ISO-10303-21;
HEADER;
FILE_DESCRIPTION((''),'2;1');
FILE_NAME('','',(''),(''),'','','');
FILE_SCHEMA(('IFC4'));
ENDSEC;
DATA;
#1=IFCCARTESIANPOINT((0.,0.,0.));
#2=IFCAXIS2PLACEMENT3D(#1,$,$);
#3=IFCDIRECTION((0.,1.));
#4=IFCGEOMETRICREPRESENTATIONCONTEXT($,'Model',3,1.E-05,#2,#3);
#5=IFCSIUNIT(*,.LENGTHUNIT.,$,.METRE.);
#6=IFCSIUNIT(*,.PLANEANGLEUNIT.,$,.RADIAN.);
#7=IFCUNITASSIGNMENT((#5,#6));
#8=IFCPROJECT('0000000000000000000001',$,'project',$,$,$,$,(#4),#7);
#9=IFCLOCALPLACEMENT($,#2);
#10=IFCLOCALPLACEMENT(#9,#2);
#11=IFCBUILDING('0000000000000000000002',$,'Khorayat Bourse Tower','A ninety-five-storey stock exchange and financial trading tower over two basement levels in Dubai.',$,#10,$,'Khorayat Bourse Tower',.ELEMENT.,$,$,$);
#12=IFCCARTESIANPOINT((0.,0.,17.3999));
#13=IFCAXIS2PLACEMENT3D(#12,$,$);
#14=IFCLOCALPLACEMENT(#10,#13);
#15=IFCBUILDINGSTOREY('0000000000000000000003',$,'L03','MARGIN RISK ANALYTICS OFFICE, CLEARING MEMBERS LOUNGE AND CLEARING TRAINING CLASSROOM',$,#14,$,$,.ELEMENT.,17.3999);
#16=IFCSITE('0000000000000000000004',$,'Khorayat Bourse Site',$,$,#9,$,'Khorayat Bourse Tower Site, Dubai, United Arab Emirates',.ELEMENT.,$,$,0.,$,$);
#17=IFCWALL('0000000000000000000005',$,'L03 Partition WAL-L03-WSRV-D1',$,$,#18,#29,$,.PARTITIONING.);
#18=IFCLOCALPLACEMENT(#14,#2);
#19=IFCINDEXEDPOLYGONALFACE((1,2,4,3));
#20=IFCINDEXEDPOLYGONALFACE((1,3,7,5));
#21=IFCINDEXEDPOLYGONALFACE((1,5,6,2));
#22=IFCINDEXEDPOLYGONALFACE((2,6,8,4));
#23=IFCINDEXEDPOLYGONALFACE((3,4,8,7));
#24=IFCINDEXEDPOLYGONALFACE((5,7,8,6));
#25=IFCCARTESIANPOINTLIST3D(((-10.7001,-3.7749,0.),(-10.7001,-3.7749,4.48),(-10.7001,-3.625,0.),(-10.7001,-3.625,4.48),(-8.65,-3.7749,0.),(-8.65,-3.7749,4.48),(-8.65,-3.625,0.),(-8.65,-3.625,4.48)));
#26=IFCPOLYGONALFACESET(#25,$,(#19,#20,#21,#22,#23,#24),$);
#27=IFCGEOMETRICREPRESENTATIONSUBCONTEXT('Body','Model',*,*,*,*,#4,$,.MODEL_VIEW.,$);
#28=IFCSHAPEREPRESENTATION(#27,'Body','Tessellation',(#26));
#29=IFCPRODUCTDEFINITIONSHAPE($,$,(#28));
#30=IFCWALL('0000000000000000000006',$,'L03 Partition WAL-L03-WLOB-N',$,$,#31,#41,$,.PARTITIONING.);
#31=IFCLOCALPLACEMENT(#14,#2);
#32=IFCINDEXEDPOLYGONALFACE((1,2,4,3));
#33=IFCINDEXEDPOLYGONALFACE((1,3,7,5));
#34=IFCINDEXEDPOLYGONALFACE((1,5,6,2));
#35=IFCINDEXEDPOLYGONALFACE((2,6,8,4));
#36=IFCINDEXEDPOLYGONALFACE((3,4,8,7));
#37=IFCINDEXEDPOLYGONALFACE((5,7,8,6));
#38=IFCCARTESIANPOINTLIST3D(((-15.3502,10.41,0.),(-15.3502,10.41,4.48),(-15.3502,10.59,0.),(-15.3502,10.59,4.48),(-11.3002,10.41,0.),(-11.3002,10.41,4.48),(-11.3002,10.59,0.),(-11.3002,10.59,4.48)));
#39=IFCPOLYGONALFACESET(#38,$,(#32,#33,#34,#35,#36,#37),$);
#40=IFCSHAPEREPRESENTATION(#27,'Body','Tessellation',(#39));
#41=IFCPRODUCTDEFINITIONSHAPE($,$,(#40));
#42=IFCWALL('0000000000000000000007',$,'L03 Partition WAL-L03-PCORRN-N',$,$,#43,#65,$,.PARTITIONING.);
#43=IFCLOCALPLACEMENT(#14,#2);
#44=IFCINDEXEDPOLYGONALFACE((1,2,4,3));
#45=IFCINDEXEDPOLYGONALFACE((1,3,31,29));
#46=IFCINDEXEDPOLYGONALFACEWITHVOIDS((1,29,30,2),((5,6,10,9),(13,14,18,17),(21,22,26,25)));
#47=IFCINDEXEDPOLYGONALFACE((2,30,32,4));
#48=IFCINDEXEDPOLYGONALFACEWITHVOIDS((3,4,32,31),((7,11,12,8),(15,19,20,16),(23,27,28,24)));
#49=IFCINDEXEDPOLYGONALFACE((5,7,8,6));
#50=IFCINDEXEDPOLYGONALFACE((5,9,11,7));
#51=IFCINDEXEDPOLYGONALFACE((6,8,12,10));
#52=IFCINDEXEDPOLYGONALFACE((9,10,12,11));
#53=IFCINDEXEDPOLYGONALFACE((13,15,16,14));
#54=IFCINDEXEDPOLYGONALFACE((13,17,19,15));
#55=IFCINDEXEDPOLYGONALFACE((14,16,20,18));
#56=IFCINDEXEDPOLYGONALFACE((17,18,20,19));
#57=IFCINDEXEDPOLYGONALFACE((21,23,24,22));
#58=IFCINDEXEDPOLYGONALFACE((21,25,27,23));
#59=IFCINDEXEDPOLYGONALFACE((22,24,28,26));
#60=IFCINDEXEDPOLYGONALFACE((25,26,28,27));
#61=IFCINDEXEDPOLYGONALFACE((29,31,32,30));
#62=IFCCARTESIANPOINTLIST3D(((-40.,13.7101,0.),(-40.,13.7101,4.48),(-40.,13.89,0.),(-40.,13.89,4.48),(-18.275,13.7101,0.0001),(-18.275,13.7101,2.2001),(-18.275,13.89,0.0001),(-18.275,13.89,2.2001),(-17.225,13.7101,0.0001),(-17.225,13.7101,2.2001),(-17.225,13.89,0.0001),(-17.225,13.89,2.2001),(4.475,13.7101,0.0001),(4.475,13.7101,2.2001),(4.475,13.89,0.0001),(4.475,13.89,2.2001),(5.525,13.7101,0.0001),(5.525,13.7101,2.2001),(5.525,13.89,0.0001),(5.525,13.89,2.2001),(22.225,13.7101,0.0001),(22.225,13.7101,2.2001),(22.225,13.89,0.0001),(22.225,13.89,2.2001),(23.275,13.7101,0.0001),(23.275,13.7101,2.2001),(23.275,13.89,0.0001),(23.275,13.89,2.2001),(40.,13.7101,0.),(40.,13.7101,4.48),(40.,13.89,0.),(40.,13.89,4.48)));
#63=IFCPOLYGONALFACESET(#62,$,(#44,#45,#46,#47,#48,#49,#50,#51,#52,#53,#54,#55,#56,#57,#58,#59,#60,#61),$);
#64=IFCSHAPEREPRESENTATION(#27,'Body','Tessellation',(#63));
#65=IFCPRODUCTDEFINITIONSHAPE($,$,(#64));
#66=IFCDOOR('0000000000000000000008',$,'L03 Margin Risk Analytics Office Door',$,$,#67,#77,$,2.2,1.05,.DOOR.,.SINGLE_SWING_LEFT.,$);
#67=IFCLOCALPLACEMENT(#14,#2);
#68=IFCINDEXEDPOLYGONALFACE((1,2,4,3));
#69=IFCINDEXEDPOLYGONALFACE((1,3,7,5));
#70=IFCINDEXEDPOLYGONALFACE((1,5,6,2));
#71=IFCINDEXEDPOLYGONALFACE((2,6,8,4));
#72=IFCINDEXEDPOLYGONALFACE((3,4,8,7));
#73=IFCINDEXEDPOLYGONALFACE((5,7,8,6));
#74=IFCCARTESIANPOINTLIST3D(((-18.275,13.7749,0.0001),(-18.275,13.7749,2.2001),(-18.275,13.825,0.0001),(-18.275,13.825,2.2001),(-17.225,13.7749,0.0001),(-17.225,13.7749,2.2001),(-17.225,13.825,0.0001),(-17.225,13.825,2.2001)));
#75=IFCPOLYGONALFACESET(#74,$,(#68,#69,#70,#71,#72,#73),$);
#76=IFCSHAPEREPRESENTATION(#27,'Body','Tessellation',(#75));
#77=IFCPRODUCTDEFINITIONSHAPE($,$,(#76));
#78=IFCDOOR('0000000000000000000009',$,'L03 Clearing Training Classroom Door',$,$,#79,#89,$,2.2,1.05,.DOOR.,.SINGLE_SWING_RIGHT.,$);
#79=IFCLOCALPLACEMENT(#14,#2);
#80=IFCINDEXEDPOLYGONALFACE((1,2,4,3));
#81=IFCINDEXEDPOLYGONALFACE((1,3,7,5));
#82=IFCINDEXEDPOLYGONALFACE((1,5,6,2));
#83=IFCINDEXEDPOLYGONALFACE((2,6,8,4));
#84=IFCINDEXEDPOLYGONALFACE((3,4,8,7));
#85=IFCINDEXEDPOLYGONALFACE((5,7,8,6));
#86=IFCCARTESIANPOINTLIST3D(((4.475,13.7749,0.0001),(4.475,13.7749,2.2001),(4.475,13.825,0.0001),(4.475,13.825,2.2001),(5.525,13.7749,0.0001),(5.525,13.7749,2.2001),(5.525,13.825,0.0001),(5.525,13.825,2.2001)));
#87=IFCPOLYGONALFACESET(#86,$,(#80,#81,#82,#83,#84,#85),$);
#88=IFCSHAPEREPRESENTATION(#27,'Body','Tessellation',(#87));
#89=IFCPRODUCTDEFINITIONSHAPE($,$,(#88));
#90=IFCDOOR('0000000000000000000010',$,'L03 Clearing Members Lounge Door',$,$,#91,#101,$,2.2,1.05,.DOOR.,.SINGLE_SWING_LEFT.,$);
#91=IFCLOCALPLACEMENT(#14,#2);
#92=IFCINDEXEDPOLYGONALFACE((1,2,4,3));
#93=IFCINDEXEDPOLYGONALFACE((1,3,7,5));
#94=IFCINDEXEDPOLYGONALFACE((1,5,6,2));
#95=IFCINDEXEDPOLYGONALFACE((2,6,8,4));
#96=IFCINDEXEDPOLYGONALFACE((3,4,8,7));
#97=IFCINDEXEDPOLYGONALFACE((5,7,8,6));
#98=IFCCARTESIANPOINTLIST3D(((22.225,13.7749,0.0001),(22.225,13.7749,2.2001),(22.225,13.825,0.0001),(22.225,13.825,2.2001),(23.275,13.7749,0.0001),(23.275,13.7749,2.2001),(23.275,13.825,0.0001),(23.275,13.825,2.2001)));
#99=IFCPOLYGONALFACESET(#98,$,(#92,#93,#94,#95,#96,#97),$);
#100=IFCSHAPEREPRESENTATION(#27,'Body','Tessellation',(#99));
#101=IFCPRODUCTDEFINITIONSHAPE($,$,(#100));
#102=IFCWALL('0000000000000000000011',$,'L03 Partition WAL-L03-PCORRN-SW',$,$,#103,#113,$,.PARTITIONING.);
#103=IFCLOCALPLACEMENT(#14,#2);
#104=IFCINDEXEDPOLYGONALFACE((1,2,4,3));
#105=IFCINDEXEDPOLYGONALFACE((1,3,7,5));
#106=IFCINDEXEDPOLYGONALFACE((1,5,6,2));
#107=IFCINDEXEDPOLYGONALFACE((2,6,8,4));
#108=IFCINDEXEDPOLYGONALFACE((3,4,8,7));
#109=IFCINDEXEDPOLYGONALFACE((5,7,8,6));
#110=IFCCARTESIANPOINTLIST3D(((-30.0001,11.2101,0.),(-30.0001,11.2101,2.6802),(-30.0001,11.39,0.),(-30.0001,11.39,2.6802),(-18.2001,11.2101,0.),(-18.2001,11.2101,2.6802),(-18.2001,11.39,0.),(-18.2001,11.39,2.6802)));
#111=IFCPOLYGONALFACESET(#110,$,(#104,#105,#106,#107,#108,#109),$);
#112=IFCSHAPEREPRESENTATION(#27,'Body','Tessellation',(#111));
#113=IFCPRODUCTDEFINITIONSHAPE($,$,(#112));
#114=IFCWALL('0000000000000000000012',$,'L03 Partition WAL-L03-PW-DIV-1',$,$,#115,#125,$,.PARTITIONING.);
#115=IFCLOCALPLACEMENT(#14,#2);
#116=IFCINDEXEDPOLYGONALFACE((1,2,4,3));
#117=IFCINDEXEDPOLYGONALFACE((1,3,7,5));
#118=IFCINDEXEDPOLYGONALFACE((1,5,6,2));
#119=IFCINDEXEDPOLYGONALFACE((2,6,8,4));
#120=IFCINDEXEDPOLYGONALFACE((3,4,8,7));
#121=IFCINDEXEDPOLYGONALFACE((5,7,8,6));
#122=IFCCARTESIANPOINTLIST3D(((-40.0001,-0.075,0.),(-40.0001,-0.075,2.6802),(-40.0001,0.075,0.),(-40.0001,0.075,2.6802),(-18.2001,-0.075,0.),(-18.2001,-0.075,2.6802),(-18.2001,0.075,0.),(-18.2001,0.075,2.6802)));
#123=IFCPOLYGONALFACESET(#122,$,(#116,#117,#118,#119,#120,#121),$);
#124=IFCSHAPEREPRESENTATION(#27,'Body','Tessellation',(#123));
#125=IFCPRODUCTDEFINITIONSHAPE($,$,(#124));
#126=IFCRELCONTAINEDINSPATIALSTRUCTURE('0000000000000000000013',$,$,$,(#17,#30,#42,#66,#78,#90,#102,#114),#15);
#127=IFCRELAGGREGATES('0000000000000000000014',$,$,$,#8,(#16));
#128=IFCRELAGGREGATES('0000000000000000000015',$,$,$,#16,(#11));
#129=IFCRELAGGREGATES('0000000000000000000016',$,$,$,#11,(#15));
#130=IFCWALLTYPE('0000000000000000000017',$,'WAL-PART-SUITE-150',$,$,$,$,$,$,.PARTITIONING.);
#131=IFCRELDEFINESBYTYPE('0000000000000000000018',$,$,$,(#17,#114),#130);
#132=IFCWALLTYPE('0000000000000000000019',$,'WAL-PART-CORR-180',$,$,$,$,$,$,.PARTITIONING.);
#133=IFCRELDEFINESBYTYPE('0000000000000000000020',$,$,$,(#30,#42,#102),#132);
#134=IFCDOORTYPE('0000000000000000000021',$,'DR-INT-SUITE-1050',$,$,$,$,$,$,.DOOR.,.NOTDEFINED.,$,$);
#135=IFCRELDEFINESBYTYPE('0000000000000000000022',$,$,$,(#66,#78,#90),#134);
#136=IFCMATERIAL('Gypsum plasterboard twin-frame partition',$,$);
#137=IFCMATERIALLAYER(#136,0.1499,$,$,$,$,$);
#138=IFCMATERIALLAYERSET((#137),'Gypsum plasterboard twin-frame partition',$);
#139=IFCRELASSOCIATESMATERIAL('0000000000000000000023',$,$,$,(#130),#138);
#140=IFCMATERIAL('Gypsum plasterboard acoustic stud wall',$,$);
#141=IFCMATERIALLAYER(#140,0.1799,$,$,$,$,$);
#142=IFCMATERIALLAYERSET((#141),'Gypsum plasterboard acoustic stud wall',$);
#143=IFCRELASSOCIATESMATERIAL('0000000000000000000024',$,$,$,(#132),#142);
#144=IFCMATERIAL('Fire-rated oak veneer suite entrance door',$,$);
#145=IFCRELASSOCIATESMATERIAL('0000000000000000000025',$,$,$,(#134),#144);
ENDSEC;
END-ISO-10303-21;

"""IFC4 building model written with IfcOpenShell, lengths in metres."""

from ifc_helpers import new_model, si_unit, direction, frame, frame_2d, origin, place, context, subcontext, project, spatial, rectangle, extrude, source, transform, mapped, material, layer, layer_set, type_object, element, fill, save


model = new_model("IFC4")

# Units and contexts
model_context = context("Model", 3, precision=1e-05, world=origin(), true_north=direction((0.0, 1.0)))
body_context = subcontext(model_context, "Body", "Model", "MODEL_VIEW")
ifc_project = project(units=[si_unit("LENGTHUNIT", "METRE"), si_unit("PLANEANGLEUNIT", "RADIAN")], contexts=[model_context])

# Site, building, storey
site_placement = place(None, origin())
site = spatial("IfcSite", under=ifc_project, at=site_placement, Name="Khorayat Bourse Site", LongName="Khorayat Bourse Tower Site, Dubai, United Arab Emirates", CompositionType="ELEMENT", RefElevation=0.0)
building_placement = place(site_placement, origin())
building = spatial("IfcBuilding", under=site, at=building_placement, Name="Khorayat Bourse Tower", Description="A ninety-five-storey stock exchange and financial trading tower over two basement levels in Dubai.", LongName="Khorayat Bourse Tower", CompositionType="ELEMENT")
storey_placement = place(building_placement, frame((0.0, 0.0, 17.3999)))
storey = spatial("IfcBuildingStorey", under=building, at=storey_placement, Name="L03", Description="MARGIN RISK ANALYTICS OFFICE, CLEARING MEMBERS LOUNGE AND CLEARING TRAINING CLASSROOM", CompositionType="ELEMENT", Elevation=17.3999)

# Walls
ifc_material_1 = material(Name="Gypsum plasterboard twin-frame partition")
ifc_layer_1 = layer(ifc_material_1, 0.1499)
ifc_layer_set_1 = layer_set([ifc_layer_1], Name="Gypsum plasterboard twin-frame partition")
wall_type_1 = type_object("IfcWallType", Name="WAL-PART-SUITE-150", PredefinedType="PARTITIONING", material=ifc_layer_set_1)
shared_shape_1 = source(origin(), body_context, "Body", "SweptSolid", [
    extrude(rectangle(XDim=2.05, YDim=0.1499, at=frame_2d((1.0249, 0.0))), origin(), (0.0, 0.0, 1.0), 4.48),
])
wall_1_placement = place(storey_placement, frame((-10.7, -3.7, 0.0), z_axis=(0.0, 0.0, 1.0), x_axis=(1.0, 0.0, 0.0)))
element("IfcWall", 1, at=wall_1_placement, inside=storey, type_object=wall_type_1, Name="L03 Partition WAL-L03-WSRV-D1", PredefinedType="PARTITIONING", context=body_context, shape_type="MappedRepresentation", body=[
    mapped(shared_shape_1, transform((0.0, 0.0, 0.0), scale=1.0)),
])
ifc_material_2 = material(Name="Gypsum plasterboard acoustic stud wall")
ifc_layer_2 = layer(ifc_material_2, 0.1799)
ifc_layer_set_2 = layer_set([ifc_layer_2], Name="Gypsum plasterboard acoustic stud wall")
wall_type_2 = type_object("IfcWallType", Name="WAL-PART-CORR-180", PredefinedType="PARTITIONING", material=ifc_layer_set_2)
shared_shape_2 = source(origin(), body_context, "Body", "SweptSolid", [
    extrude(rectangle(XDim=4.05, YDim=0.1799, at=frame_2d((2.0249, 0.0))), origin(), (0.0, 0.0, 1.0), 4.48),
])
wall_2_placement = place(storey_placement, frame((-15.3501, 10.5, 0.0), z_axis=(0.0, 0.0, 1.0), x_axis=(1.0, 0.0, 0.0)))
element("IfcWall", 2, at=wall_2_placement, inside=storey, type_object=wall_type_2, Name="L03 Partition WAL-L03-WLOB-N", PredefinedType="PARTITIONING", context=body_context, shape_type="MappedRepresentation", body=[
    mapped(shared_shape_2, transform((0.0, 0.0, 0.0), scale=1.0)),
])

# Wall, openings, doors
shared_shape_3 = source(origin(), body_context, "Body", "SweptSolid", [
    extrude(rectangle(XDim=80.0, YDim=0.1799, at=frame_2d((40.0, 0.0))), origin(), (0.0, 0.0, 1.0), 4.48),
])
wall_3_placement = place(storey_placement, frame((-40.0, 13.8, 0.0), z_axis=(0.0, 0.0, 1.0), x_axis=(1.0, 0.0, 0.0)))
wall_3 = element("IfcWall", 3, at=wall_3_placement, inside=storey, type_object=wall_type_2, Name="L03 Partition WAL-L03-PCORRN-N", PredefinedType="PARTITIONING", context=body_context, shape_type="MappedRepresentation", body=[
    mapped(shared_shape_3, transform((0.0, 0.0, 0.0), scale=1.0)),
])
shared_shape_4 = source(origin(), body_context, "Body", "SweptSolid", [
    extrude(rectangle(XDim=1.05, YDim=2.2, at=frame_2d((0.5249, 1.1001))), frame((0.0, 0.0999, 0.0), z_axis=(0.0, -1.0, 0.0), x_axis=(1.0, 0.0, 0.0)), (0.0, 0.0, 1.0), 0.2),
])
opening_1_placement = place(wall_3_placement, frame((21.7251, 0.0, 0.0)))
opening_1 = element("IfcOpeningElement", 4, at=opening_1_placement, cuts=wall_3, PredefinedType="OPENING", context=body_context, shape_type="MappedRepresentation", body=[
    mapped(shared_shape_4, transform((0.0, 0.0, 0.0), scale=1.0)),
])
opening_2_placement = place(wall_3_placement, frame((44.4751, 0.0, 0.0)))
opening_2 = element("IfcOpeningElement", 5, at=opening_2_placement, cuts=wall_3, PredefinedType="OPENING", context=body_context, shape_type="MappedRepresentation", body=[
    mapped(shared_shape_4, transform((0.0, 0.0, 0.0), scale=1.0)),
])
opening_3_placement = place(wall_3_placement, frame((62.2251, 0.0, 0.0)))
opening_3 = element("IfcOpeningElement", 6, at=opening_3_placement, cuts=wall_3, PredefinedType="OPENING", context=body_context, shape_type="MappedRepresentation", body=[
    mapped(shared_shape_4, transform((0.0, 0.0, 0.0), scale=1.0)),
])
ifc_material_3 = material(Name="Fire-rated oak veneer suite entrance door")
door_type = type_object("IfcDoorType", Name="DR-INT-SUITE-1050", OperationType="NOTDEFINED", PredefinedType="DOOR", material=ifc_material_3)
shared_shape_5 = source(origin(), body_context, "Body", "SweptSolid", [
    extrude(rectangle(XDim=1.05, YDim=2.2, at=frame_2d((0.5249, 1.1001))), frame((0.0, 0.0249, 0.0), z_axis=(0.0, -1.0, 0.0), x_axis=(1.0, 0.0, 0.0)), (0.0, 0.0, 1.0), 0.05),
])
door_1_placement = place(opening_1_placement, origin())
door_1 = element("IfcDoor", 7, at=door_1_placement, inside=storey, type_object=door_type, Name="L03 Margin Risk Analytics Office Door", OperationType="SINGLE_SWING_LEFT", OverallHeight=2.2, OverallWidth=1.05, PredefinedType="DOOR", context=body_context, shape_type="MappedRepresentation", body=[
    mapped(shared_shape_5, transform((0.0, 0.0, 0.0), scale=1.0)),
])
fill(opening_1, door_1)
door_2_placement = place(opening_2_placement, origin())
door_2 = element("IfcDoor", 8, at=door_2_placement, inside=storey, type_object=door_type, Name="L03 Clearing Training Classroom Door", OperationType="SINGLE_SWING_RIGHT", OverallHeight=2.2, OverallWidth=1.05, PredefinedType="DOOR", context=body_context, shape_type="MappedRepresentation", body=[
    mapped(shared_shape_5, transform((0.0, 0.0, 0.0), scale=1.0)),
])
fill(opening_2, door_2)
door_3_placement = place(opening_3_placement, origin())
door_3 = element("IfcDoor", 9, at=door_3_placement, inside=storey, type_object=door_type, Name="L03 Clearing Members Lounge Door", OperationType="SINGLE_SWING_LEFT", OverallHeight=2.2, OverallWidth=1.05, PredefinedType="DOOR", context=body_context, shape_type="MappedRepresentation", body=[
    mapped(shared_shape_5, transform((0.0, 0.0, 0.0), scale=1.0)),
])
fill(opening_3, door_3)

# Walls
shared_shape_6 = source(origin(), body_context, "Body", "SweptSolid", [
    extrude(rectangle(XDim=11.8, YDim=0.1799, at=frame_2d((5.8999, 0.0))), origin(), (0.0, 0.0, 1.0), 2.6802),
])
wall_4_placement = place(storey_placement, frame((-30.0, 11.3, 0.0), z_axis=(0.0, 0.0, 1.0), x_axis=(1.0, 0.0, 0.0)))
element("IfcWall", 10, at=wall_4_placement, inside=storey, type_object=wall_type_2, Name="L03 Partition WAL-L03-PCORRN-SW", PredefinedType="PARTITIONING", context=body_context, shape_type="MappedRepresentation", body=[
    mapped(shared_shape_6, transform((0.0, 0.0, 0.0), scale=1.0)),
])
shared_shape_7 = source(origin(), body_context, "Body", "SweptSolid", [
    extrude(rectangle(XDim=21.8, YDim=0.1499, at=frame_2d((10.8999, 0.0))), origin(), (0.0, 0.0, 1.0), 2.6802),
])
wall_5_placement = place(storey_placement, frame((-40.0, 0.0, 0.0), z_axis=(0.0, 0.0, 1.0), x_axis=(1.0, 0.0, 0.0)))
element("IfcWall", 11, at=wall_5_placement, inside=storey, type_object=wall_type_1, Name="L03 Partition WAL-L03-PW-DIV-1", PredefinedType="PARTITIONING", context=body_context, shape_type="MappedRepresentation", body=[
    mapped(shared_shape_7, transform((0.0, 0.0, 0.0), scale=1.0)),
])

save(model, "model.ifc")
